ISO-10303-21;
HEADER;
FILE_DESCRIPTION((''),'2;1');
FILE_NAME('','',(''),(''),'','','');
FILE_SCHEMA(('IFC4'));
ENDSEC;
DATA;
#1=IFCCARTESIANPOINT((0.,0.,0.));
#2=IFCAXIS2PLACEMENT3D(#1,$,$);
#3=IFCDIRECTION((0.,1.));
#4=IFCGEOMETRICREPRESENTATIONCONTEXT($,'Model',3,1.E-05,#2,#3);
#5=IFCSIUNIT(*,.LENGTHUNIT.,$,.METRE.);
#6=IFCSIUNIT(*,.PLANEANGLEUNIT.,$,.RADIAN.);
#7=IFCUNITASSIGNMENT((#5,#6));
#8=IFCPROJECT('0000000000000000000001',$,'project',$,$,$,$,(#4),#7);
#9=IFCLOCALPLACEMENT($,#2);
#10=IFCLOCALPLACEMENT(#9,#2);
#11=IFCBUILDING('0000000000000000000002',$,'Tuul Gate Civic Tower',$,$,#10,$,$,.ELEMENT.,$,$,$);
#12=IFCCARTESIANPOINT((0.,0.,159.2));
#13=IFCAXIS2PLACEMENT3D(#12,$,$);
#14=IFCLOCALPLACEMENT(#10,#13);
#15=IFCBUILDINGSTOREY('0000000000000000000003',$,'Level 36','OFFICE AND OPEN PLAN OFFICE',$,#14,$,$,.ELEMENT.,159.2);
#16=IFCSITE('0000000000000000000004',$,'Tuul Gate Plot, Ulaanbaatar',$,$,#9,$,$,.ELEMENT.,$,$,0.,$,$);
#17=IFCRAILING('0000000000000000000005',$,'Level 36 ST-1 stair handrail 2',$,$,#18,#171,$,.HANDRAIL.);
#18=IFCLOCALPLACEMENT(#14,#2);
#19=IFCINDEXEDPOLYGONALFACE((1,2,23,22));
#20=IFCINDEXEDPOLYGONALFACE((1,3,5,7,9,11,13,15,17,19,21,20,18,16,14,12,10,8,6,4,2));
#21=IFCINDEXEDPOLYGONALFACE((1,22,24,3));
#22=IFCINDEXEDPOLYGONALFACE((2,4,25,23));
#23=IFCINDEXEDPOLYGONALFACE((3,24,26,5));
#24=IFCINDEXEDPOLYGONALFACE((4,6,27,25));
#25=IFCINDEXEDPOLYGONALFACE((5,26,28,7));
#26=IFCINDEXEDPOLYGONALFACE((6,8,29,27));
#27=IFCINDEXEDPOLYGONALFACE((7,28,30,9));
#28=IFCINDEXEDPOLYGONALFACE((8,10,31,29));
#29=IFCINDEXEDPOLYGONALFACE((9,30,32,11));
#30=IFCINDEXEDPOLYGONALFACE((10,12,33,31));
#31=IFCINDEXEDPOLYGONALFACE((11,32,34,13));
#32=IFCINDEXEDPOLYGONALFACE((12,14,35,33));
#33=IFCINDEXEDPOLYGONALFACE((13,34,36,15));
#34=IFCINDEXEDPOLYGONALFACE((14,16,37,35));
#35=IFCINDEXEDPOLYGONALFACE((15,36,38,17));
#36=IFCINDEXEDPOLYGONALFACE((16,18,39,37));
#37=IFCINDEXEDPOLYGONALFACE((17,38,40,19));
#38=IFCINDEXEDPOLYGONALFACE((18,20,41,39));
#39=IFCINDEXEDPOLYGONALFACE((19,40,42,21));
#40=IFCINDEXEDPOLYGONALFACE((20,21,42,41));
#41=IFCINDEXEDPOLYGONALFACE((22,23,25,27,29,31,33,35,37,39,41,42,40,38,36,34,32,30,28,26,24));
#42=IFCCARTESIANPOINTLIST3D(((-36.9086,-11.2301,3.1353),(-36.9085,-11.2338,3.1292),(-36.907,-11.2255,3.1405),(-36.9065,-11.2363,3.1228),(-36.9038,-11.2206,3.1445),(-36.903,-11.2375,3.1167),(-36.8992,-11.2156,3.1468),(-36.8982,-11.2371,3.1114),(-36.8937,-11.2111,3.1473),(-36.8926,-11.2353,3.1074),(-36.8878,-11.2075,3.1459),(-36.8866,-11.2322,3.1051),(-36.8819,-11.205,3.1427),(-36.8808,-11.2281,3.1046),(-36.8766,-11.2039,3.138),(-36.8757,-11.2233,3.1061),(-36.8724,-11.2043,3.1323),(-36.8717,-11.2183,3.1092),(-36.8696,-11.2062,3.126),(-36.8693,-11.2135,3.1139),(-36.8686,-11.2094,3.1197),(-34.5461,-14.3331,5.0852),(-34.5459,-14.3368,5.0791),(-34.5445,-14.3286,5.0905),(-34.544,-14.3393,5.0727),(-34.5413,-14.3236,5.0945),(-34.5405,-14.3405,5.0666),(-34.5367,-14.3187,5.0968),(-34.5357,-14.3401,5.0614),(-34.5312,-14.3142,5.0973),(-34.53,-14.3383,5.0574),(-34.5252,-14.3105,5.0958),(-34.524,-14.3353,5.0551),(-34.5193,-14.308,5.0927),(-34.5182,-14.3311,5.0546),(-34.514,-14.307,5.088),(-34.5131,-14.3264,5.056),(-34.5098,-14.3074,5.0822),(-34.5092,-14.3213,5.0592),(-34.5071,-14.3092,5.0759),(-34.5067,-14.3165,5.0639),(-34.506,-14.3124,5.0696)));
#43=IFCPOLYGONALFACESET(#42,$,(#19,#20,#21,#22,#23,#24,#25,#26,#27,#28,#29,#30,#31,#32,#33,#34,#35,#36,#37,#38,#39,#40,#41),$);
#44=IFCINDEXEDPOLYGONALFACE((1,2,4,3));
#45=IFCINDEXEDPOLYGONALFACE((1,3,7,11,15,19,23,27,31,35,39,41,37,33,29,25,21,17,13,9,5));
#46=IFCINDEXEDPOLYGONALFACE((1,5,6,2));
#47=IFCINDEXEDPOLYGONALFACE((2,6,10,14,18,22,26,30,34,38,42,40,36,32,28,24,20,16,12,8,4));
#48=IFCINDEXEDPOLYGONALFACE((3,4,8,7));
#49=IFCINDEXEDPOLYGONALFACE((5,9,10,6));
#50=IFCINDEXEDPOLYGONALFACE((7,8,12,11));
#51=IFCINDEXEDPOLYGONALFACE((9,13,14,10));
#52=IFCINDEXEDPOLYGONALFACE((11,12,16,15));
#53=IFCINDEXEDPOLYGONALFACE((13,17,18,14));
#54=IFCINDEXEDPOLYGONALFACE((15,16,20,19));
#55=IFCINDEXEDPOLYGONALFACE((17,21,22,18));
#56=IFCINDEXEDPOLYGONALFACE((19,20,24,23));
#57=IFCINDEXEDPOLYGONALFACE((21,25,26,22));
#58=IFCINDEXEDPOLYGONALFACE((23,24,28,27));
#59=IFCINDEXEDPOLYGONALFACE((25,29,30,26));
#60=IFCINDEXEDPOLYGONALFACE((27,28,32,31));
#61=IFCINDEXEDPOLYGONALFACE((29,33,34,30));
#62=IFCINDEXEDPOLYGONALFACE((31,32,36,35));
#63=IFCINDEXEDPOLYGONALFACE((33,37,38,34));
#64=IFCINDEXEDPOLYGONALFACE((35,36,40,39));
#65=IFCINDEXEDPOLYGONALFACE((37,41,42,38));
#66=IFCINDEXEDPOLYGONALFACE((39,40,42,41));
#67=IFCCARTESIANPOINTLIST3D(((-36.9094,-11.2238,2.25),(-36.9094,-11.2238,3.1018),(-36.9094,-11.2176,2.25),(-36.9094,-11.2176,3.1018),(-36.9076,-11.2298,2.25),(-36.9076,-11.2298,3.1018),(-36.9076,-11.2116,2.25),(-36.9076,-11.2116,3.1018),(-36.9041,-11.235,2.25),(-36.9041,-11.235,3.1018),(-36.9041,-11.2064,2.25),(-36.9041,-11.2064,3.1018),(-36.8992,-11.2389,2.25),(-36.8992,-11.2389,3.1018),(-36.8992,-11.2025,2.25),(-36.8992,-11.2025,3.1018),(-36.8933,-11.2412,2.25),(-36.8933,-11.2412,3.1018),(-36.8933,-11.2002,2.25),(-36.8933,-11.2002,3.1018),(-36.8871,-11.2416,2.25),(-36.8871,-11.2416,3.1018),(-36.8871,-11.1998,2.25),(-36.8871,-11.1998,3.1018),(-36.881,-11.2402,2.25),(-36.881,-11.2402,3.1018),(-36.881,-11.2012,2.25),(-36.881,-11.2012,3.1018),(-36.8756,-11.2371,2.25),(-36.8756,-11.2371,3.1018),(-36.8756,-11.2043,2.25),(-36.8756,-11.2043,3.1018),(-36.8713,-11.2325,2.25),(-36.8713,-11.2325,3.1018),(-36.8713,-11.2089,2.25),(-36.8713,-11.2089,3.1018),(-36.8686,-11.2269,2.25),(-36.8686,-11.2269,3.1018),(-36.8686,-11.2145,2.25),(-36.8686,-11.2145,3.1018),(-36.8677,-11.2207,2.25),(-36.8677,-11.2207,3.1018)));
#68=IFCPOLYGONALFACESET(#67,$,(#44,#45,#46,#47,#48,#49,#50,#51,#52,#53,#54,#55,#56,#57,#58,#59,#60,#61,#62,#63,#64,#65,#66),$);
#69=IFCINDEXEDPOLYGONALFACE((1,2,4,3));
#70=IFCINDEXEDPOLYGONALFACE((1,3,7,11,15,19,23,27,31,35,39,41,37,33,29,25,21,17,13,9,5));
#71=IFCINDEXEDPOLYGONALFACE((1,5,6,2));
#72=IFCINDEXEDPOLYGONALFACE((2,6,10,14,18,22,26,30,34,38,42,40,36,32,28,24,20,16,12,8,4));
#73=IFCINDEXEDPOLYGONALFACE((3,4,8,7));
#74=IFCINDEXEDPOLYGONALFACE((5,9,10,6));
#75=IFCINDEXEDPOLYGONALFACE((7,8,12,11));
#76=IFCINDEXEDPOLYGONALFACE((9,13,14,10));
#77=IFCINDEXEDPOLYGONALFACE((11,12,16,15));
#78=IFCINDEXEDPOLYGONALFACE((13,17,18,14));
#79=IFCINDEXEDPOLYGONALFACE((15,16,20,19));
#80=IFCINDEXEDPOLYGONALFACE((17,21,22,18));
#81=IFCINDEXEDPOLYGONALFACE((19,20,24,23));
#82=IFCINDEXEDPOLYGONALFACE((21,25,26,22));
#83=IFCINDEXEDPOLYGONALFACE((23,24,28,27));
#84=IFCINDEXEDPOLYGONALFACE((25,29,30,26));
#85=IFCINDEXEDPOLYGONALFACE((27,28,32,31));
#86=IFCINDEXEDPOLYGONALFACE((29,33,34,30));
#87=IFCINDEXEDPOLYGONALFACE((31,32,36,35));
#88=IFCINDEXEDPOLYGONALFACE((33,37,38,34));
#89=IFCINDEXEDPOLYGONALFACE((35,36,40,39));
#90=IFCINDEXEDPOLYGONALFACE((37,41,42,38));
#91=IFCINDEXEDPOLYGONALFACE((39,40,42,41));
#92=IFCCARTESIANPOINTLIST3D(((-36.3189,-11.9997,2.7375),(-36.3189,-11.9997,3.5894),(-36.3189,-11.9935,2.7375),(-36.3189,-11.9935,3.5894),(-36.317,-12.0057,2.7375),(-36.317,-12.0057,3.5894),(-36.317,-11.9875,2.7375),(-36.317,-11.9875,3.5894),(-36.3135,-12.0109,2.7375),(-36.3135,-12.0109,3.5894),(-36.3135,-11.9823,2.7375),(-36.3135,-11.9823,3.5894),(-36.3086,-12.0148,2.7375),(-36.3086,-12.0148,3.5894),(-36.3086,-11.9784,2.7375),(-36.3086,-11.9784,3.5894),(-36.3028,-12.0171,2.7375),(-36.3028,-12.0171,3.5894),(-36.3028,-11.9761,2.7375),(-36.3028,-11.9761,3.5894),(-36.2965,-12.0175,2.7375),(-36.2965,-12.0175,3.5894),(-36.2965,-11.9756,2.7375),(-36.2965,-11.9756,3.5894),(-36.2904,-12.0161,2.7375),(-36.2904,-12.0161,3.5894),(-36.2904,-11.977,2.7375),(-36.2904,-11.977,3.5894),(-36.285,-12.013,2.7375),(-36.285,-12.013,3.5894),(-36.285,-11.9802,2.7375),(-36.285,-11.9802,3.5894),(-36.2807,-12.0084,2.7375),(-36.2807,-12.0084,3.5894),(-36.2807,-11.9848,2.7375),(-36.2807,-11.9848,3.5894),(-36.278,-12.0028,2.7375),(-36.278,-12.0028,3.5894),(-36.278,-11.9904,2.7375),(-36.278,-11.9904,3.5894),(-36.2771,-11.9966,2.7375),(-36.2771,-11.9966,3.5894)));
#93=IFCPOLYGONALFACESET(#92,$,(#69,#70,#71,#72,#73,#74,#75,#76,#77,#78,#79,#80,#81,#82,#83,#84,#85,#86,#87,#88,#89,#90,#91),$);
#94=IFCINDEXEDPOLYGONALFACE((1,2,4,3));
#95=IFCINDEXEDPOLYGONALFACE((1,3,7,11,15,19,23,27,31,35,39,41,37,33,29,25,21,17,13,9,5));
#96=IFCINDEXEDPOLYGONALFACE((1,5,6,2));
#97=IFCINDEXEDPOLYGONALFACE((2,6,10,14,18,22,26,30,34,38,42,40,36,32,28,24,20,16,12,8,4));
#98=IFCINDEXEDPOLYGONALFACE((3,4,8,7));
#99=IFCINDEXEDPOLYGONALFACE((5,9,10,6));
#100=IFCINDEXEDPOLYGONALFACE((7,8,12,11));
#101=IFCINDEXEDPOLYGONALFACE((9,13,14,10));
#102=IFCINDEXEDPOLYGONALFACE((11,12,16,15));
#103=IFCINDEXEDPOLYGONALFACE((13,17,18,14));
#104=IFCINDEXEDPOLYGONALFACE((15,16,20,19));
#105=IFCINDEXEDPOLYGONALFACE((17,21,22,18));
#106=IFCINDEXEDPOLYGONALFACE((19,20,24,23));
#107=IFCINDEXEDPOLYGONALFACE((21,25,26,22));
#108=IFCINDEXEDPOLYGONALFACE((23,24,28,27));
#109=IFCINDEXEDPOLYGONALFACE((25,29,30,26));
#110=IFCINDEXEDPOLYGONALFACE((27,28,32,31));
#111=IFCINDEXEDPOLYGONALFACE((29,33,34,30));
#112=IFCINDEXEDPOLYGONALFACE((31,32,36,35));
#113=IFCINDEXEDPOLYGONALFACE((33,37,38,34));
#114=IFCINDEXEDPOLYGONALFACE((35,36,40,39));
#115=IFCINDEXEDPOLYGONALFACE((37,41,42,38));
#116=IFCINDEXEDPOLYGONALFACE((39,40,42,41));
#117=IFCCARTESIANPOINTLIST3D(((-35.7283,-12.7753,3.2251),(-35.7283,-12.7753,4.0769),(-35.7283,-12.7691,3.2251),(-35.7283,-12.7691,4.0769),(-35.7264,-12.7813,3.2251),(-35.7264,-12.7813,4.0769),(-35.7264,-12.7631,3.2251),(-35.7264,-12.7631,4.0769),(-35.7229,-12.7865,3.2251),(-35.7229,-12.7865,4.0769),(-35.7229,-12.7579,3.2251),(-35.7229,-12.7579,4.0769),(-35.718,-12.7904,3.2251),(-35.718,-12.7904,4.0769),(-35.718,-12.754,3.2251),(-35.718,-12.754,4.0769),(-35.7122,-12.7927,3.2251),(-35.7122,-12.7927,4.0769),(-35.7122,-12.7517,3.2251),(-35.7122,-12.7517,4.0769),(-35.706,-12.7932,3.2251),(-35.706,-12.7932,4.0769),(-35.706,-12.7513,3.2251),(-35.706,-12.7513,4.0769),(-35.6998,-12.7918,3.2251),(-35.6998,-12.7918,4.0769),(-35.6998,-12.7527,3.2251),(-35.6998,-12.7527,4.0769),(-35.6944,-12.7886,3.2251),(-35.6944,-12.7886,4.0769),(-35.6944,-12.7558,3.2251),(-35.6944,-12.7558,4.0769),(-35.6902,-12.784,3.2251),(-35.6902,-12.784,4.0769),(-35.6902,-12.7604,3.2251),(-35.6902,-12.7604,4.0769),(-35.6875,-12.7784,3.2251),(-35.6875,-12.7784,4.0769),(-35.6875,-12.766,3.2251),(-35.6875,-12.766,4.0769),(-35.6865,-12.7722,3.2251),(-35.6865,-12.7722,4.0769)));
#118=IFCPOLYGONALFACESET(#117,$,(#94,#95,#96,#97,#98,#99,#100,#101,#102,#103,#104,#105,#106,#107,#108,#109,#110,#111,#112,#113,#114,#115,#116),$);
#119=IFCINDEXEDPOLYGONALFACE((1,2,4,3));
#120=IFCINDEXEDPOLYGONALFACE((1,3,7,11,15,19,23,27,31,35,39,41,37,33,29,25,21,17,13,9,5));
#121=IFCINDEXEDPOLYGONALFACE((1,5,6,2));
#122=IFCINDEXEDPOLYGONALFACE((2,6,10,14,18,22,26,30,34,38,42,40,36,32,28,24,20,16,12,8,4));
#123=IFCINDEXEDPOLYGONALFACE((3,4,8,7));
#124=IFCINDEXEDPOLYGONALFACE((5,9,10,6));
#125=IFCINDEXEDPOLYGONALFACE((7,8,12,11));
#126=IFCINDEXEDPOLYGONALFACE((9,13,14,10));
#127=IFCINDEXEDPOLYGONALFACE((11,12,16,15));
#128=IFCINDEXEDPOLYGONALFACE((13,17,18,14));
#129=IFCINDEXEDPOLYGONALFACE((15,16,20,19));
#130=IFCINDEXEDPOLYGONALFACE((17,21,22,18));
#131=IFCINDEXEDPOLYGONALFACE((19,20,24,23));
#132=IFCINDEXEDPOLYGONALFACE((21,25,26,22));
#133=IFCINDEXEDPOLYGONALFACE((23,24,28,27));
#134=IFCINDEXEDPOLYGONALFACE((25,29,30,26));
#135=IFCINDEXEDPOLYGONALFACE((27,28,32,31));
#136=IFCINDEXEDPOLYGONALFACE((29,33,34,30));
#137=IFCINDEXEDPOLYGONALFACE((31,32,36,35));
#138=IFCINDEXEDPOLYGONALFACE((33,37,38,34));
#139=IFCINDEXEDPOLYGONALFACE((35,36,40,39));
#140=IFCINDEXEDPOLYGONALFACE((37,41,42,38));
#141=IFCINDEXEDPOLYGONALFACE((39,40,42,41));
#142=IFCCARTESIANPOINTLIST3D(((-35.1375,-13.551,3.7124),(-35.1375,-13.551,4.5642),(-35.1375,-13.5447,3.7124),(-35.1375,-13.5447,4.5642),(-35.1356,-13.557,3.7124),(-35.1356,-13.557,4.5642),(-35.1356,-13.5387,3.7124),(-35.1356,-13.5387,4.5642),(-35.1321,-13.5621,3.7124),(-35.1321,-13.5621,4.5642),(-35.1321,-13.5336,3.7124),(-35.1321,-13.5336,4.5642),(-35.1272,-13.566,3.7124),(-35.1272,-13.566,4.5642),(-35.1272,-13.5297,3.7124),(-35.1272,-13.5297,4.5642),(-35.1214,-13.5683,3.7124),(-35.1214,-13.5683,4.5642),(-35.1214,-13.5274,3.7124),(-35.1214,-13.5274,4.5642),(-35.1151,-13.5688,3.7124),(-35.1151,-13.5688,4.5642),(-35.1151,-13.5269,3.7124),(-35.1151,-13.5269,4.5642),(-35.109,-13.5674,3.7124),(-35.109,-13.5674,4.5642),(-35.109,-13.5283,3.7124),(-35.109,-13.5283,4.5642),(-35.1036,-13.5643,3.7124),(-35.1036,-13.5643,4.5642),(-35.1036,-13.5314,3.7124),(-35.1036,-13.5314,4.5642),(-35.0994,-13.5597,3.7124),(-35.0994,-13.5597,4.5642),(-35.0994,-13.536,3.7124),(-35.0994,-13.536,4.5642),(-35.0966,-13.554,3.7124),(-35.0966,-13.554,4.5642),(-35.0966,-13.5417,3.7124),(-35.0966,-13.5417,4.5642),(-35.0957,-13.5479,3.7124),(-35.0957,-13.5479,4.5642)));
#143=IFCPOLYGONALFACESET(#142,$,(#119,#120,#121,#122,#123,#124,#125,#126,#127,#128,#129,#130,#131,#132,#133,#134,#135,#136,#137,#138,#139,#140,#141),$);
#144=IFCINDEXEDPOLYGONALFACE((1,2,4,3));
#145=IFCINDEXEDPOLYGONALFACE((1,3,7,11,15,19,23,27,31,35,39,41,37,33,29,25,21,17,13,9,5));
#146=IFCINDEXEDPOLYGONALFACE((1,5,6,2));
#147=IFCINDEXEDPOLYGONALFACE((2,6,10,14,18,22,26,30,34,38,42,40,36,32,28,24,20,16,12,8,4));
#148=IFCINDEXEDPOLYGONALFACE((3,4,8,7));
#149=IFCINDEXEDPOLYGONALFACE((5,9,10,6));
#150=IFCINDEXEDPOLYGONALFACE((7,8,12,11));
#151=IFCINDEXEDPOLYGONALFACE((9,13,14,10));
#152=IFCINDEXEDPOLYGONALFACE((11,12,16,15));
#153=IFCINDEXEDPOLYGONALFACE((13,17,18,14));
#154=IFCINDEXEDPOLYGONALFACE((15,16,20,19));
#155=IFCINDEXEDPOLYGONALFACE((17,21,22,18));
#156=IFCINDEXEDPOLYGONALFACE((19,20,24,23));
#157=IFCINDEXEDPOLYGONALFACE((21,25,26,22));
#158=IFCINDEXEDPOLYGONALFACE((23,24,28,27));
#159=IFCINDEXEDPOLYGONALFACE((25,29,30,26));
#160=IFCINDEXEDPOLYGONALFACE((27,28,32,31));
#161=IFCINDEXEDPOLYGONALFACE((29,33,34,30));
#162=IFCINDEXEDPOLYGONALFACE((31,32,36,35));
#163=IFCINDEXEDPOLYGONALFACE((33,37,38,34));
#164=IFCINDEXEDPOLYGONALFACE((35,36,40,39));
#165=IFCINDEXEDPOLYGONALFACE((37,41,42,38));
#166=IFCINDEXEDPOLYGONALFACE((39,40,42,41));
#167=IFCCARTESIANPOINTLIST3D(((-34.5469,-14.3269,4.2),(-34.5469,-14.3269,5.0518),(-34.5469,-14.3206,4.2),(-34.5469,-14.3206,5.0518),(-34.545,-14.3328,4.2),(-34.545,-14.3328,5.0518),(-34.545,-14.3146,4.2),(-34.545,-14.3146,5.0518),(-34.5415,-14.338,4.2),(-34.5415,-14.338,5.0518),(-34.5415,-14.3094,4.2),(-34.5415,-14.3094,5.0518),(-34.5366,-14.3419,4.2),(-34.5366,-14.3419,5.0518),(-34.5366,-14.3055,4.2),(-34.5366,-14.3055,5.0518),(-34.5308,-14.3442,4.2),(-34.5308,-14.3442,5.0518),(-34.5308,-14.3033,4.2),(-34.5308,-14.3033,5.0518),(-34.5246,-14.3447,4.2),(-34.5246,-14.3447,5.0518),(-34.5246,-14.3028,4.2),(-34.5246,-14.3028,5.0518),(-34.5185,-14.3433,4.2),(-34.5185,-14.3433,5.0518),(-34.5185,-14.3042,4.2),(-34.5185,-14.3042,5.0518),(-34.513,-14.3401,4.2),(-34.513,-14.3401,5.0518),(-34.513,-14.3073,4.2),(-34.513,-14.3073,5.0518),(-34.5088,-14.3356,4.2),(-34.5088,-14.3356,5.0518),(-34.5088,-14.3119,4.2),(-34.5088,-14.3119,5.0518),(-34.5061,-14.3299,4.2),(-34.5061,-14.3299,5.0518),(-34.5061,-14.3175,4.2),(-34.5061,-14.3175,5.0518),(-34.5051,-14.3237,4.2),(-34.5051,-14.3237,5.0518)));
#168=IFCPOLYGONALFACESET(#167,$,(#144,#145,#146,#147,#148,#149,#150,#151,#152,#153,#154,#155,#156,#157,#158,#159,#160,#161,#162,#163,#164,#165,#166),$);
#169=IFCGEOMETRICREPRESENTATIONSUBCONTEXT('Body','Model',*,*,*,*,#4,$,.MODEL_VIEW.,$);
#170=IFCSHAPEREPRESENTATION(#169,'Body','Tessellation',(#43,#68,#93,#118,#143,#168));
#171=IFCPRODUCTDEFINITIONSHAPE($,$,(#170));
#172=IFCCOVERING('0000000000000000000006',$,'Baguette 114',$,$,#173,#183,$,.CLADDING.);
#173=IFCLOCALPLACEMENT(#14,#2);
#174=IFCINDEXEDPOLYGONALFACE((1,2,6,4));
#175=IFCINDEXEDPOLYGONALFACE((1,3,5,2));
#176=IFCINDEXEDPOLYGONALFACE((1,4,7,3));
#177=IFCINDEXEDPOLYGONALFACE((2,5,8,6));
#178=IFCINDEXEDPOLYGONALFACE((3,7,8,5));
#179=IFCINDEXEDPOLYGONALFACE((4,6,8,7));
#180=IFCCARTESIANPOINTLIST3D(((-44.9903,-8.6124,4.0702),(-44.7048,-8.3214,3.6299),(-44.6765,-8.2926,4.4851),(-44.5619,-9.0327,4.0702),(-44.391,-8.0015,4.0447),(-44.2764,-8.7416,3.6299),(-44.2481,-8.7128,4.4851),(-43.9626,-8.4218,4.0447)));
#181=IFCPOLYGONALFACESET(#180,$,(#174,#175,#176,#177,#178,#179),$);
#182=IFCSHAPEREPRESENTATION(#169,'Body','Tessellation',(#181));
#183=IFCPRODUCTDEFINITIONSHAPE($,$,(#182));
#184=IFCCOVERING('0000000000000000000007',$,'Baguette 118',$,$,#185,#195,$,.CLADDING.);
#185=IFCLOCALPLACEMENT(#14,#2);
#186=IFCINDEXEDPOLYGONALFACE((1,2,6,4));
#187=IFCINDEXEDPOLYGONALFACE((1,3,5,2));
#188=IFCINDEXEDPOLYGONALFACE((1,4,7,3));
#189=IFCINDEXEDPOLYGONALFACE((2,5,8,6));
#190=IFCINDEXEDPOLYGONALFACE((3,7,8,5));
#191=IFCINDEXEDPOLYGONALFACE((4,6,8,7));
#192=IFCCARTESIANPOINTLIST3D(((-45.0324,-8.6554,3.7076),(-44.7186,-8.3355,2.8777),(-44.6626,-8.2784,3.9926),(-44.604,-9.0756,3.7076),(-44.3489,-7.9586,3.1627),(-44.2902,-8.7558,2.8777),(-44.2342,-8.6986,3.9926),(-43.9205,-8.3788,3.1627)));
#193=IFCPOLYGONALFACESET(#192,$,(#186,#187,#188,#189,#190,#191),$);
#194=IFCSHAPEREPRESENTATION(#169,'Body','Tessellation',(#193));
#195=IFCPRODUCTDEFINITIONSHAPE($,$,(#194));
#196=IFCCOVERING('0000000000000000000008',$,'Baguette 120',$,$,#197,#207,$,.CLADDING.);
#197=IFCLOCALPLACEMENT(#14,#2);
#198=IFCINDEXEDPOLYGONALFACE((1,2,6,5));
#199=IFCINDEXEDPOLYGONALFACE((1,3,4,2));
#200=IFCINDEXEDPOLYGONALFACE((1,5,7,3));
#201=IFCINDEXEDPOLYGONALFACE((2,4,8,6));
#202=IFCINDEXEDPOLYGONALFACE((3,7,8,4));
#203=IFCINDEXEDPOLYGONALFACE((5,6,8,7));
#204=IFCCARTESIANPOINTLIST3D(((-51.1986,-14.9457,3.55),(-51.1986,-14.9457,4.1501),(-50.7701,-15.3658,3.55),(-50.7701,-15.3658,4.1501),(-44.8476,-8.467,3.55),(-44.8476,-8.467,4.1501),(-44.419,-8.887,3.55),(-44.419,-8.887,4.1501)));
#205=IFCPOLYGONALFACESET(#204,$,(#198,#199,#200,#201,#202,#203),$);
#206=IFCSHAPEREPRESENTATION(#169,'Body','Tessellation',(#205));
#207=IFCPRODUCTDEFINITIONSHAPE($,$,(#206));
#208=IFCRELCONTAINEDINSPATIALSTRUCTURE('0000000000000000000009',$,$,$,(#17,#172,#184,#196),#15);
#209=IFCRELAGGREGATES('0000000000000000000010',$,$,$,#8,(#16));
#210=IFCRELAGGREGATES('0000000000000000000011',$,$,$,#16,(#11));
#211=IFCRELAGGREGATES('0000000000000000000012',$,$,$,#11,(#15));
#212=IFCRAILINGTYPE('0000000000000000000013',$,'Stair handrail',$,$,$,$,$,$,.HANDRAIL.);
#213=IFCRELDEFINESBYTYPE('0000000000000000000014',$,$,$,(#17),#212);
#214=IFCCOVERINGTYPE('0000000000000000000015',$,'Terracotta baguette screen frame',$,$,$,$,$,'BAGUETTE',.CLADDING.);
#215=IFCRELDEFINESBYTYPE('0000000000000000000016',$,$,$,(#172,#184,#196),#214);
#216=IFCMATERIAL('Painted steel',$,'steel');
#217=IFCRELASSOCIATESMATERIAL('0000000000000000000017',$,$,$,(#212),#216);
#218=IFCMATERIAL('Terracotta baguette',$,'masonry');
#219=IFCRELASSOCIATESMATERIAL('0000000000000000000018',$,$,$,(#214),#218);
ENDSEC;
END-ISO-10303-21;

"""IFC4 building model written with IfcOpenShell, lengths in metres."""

from ifc_helpers import new_model, si_unit, direction, frame, origin, origin_2d, place, context, subcontext, project, spatial, rectangle, circle, extrude, material, material_profile, profile_set, type_object, element, save


model = new_model("IFC4")

# Units and contexts
model_context = context("Model", 3, precision=1e-05, world=origin(), true_north=direction((0.0, 1.0)))
body_context = subcontext(model_context, "Body", "Model", "MODEL_VIEW")
ifc_project = project(units=[si_unit("LENGTHUNIT", "METRE"), si_unit("PLANEANGLEUNIT", "RADIAN")], contexts=[model_context])

# Site, building, storey
site_placement = place(None, origin())
site = spatial("IfcSite", under=ifc_project, at=site_placement, Name="Tuul Gate Plot, Ulaanbaatar", CompositionType="ELEMENT", RefElevation=0.0)
building_placement = place(site_placement, origin())
building = spatial("IfcBuilding", under=site, at=building_placement, Name="Tuul Gate Civic Tower", CompositionType="ELEMENT")
storey_placement = place(building_placement, frame((0.0, 0.0, 159.2)))
storey = spatial("IfcBuildingStorey", under=building, at=storey_placement, Name="Level 36", Description="OFFICE AND OPEN PLAN OFFICE", CompositionType="ELEMENT", Elevation=159.2)

# Railing
ifc_material_1 = material(Name="Painted steel", Category="steel")
railing_type = type_object("IfcRailingType", Name="Stair handrail", PredefinedType="HANDRAIL", material=ifc_material_1)
railing_placement = place(storey_placement, frame((-36.8887, -11.2207, 2.25)))
element("IfcRailing", 1, at=railing_placement, inside=storey, type_object=railing_type, Name="Level 36 ST-1 stair handrail 2", PredefinedType="HANDRAIL", context=body_context, shape_type="SweptSolid", body=[
    extrude(circle(Radius=0.0239, at=origin_2d()), frame((0.0, 0.0, 0.876), z_axis=(0.541824, -0.711645, 0.4472), x_axis=(0.795637, 0.605773, 0.0)), (0.0, 0.0, 1.0), 4.3604),
    extrude(circle(Radius=0.021, at=origin_2d()), origin(), (0.0, 0.0, 1.0), 0.8518),
    extrude(circle(Radius=0.021, at=origin_2d()), frame((0.5906, -0.7759, 0.4875)), (0.0, 0.0, 1.0), 0.8518),
    extrude(circle(Radius=0.021, at=origin_2d()), frame((1.1812, -1.5515, 0.9751)), (0.0, 0.0, 1.0), 0.8518),
    extrude(circle(Radius=0.021, at=origin_2d()), frame((1.772, -2.3271, 1.4624)), (0.0, 0.0, 1.0), 0.8518),
    extrude(circle(Radius=0.021, at=origin_2d()), frame((2.3625, -3.103, 1.95)), (0.0, 0.0, 1.0), 0.8518),
])

# Coverings
ifc_material_2 = material(Name="Terracotta baguette", Category="masonry")
ifc_material_profile_1 = material_profile(ifc_material_2, rectangle(XDim=0.6001, YDim=0.6001, at=origin_2d()), Name="Terracotta baguette screen frame")
ifc_profile_set_1 = profile_set([ifc_material_profile_1], Name="Terracotta baguette")
covering_type = type_object("IfcCoveringType", Name="Terracotta baguette screen frame", ElementType="BAGUETTE", PredefinedType="CLADDING", material=ifc_profile_set_1)
covering_1_placement = place(storey_placement, frame((-44.3196, -8.3572, 4.2649), z_axis=(-0.513839, -0.523835, -0.679387), x_axis=(0.713886, -0.700262, 0.0)))
element("IfcCovering", 2, at=covering_1_placement, inside=storey, type_object=covering_type, Name="Baguette 114", PredefinedType="CLADDING", context=body_context, shape_type="SweptSolid", body=[
    extrude(rectangle(XDim=0.6001, YDim=0.6001, at=origin_2d()), origin(), (0.0, 0.0, 1.0), 0.6106),
])
covering_2_placement = place(storey_placement, frame((-44.6333, -8.677, 3.8501), z_axis=(0.332668, 0.33914, -0.879952), x_axis=(-0.713886, 0.700262, 0.0)))
element("IfcCovering", 3, at=covering_2_placement, inside=storey, type_object=covering_type, Name="Baguette 118", PredefinedType="CLADDING", context=body_context, shape_type="SweptSolid", body=[
    extrude(rectangle(XDim=0.6001, YDim=0.6001, at=origin_2d()), origin(), (0.0, 0.0, 1.0), 0.9431),
])
covering_3_placement = place(storey_placement, frame((-44.6333, -8.677, 3.8501), z_axis=(-0.700035, -0.714109, 0.0), x_axis=(0.714109, -0.700035, 0.0)))
element("IfcCovering", 4, at=covering_3_placement, inside=storey, type_object=covering_type, Name="Baguette 120", PredefinedType="CLADDING", context=body_context, shape_type="SweptSolid", body=[
    extrude(rectangle(XDim=0.6001, YDim=0.6001, at=origin_2d()), origin(), (0.0, 0.0, 1.0), 9.0725),
])

save(model, "model.ifc")
